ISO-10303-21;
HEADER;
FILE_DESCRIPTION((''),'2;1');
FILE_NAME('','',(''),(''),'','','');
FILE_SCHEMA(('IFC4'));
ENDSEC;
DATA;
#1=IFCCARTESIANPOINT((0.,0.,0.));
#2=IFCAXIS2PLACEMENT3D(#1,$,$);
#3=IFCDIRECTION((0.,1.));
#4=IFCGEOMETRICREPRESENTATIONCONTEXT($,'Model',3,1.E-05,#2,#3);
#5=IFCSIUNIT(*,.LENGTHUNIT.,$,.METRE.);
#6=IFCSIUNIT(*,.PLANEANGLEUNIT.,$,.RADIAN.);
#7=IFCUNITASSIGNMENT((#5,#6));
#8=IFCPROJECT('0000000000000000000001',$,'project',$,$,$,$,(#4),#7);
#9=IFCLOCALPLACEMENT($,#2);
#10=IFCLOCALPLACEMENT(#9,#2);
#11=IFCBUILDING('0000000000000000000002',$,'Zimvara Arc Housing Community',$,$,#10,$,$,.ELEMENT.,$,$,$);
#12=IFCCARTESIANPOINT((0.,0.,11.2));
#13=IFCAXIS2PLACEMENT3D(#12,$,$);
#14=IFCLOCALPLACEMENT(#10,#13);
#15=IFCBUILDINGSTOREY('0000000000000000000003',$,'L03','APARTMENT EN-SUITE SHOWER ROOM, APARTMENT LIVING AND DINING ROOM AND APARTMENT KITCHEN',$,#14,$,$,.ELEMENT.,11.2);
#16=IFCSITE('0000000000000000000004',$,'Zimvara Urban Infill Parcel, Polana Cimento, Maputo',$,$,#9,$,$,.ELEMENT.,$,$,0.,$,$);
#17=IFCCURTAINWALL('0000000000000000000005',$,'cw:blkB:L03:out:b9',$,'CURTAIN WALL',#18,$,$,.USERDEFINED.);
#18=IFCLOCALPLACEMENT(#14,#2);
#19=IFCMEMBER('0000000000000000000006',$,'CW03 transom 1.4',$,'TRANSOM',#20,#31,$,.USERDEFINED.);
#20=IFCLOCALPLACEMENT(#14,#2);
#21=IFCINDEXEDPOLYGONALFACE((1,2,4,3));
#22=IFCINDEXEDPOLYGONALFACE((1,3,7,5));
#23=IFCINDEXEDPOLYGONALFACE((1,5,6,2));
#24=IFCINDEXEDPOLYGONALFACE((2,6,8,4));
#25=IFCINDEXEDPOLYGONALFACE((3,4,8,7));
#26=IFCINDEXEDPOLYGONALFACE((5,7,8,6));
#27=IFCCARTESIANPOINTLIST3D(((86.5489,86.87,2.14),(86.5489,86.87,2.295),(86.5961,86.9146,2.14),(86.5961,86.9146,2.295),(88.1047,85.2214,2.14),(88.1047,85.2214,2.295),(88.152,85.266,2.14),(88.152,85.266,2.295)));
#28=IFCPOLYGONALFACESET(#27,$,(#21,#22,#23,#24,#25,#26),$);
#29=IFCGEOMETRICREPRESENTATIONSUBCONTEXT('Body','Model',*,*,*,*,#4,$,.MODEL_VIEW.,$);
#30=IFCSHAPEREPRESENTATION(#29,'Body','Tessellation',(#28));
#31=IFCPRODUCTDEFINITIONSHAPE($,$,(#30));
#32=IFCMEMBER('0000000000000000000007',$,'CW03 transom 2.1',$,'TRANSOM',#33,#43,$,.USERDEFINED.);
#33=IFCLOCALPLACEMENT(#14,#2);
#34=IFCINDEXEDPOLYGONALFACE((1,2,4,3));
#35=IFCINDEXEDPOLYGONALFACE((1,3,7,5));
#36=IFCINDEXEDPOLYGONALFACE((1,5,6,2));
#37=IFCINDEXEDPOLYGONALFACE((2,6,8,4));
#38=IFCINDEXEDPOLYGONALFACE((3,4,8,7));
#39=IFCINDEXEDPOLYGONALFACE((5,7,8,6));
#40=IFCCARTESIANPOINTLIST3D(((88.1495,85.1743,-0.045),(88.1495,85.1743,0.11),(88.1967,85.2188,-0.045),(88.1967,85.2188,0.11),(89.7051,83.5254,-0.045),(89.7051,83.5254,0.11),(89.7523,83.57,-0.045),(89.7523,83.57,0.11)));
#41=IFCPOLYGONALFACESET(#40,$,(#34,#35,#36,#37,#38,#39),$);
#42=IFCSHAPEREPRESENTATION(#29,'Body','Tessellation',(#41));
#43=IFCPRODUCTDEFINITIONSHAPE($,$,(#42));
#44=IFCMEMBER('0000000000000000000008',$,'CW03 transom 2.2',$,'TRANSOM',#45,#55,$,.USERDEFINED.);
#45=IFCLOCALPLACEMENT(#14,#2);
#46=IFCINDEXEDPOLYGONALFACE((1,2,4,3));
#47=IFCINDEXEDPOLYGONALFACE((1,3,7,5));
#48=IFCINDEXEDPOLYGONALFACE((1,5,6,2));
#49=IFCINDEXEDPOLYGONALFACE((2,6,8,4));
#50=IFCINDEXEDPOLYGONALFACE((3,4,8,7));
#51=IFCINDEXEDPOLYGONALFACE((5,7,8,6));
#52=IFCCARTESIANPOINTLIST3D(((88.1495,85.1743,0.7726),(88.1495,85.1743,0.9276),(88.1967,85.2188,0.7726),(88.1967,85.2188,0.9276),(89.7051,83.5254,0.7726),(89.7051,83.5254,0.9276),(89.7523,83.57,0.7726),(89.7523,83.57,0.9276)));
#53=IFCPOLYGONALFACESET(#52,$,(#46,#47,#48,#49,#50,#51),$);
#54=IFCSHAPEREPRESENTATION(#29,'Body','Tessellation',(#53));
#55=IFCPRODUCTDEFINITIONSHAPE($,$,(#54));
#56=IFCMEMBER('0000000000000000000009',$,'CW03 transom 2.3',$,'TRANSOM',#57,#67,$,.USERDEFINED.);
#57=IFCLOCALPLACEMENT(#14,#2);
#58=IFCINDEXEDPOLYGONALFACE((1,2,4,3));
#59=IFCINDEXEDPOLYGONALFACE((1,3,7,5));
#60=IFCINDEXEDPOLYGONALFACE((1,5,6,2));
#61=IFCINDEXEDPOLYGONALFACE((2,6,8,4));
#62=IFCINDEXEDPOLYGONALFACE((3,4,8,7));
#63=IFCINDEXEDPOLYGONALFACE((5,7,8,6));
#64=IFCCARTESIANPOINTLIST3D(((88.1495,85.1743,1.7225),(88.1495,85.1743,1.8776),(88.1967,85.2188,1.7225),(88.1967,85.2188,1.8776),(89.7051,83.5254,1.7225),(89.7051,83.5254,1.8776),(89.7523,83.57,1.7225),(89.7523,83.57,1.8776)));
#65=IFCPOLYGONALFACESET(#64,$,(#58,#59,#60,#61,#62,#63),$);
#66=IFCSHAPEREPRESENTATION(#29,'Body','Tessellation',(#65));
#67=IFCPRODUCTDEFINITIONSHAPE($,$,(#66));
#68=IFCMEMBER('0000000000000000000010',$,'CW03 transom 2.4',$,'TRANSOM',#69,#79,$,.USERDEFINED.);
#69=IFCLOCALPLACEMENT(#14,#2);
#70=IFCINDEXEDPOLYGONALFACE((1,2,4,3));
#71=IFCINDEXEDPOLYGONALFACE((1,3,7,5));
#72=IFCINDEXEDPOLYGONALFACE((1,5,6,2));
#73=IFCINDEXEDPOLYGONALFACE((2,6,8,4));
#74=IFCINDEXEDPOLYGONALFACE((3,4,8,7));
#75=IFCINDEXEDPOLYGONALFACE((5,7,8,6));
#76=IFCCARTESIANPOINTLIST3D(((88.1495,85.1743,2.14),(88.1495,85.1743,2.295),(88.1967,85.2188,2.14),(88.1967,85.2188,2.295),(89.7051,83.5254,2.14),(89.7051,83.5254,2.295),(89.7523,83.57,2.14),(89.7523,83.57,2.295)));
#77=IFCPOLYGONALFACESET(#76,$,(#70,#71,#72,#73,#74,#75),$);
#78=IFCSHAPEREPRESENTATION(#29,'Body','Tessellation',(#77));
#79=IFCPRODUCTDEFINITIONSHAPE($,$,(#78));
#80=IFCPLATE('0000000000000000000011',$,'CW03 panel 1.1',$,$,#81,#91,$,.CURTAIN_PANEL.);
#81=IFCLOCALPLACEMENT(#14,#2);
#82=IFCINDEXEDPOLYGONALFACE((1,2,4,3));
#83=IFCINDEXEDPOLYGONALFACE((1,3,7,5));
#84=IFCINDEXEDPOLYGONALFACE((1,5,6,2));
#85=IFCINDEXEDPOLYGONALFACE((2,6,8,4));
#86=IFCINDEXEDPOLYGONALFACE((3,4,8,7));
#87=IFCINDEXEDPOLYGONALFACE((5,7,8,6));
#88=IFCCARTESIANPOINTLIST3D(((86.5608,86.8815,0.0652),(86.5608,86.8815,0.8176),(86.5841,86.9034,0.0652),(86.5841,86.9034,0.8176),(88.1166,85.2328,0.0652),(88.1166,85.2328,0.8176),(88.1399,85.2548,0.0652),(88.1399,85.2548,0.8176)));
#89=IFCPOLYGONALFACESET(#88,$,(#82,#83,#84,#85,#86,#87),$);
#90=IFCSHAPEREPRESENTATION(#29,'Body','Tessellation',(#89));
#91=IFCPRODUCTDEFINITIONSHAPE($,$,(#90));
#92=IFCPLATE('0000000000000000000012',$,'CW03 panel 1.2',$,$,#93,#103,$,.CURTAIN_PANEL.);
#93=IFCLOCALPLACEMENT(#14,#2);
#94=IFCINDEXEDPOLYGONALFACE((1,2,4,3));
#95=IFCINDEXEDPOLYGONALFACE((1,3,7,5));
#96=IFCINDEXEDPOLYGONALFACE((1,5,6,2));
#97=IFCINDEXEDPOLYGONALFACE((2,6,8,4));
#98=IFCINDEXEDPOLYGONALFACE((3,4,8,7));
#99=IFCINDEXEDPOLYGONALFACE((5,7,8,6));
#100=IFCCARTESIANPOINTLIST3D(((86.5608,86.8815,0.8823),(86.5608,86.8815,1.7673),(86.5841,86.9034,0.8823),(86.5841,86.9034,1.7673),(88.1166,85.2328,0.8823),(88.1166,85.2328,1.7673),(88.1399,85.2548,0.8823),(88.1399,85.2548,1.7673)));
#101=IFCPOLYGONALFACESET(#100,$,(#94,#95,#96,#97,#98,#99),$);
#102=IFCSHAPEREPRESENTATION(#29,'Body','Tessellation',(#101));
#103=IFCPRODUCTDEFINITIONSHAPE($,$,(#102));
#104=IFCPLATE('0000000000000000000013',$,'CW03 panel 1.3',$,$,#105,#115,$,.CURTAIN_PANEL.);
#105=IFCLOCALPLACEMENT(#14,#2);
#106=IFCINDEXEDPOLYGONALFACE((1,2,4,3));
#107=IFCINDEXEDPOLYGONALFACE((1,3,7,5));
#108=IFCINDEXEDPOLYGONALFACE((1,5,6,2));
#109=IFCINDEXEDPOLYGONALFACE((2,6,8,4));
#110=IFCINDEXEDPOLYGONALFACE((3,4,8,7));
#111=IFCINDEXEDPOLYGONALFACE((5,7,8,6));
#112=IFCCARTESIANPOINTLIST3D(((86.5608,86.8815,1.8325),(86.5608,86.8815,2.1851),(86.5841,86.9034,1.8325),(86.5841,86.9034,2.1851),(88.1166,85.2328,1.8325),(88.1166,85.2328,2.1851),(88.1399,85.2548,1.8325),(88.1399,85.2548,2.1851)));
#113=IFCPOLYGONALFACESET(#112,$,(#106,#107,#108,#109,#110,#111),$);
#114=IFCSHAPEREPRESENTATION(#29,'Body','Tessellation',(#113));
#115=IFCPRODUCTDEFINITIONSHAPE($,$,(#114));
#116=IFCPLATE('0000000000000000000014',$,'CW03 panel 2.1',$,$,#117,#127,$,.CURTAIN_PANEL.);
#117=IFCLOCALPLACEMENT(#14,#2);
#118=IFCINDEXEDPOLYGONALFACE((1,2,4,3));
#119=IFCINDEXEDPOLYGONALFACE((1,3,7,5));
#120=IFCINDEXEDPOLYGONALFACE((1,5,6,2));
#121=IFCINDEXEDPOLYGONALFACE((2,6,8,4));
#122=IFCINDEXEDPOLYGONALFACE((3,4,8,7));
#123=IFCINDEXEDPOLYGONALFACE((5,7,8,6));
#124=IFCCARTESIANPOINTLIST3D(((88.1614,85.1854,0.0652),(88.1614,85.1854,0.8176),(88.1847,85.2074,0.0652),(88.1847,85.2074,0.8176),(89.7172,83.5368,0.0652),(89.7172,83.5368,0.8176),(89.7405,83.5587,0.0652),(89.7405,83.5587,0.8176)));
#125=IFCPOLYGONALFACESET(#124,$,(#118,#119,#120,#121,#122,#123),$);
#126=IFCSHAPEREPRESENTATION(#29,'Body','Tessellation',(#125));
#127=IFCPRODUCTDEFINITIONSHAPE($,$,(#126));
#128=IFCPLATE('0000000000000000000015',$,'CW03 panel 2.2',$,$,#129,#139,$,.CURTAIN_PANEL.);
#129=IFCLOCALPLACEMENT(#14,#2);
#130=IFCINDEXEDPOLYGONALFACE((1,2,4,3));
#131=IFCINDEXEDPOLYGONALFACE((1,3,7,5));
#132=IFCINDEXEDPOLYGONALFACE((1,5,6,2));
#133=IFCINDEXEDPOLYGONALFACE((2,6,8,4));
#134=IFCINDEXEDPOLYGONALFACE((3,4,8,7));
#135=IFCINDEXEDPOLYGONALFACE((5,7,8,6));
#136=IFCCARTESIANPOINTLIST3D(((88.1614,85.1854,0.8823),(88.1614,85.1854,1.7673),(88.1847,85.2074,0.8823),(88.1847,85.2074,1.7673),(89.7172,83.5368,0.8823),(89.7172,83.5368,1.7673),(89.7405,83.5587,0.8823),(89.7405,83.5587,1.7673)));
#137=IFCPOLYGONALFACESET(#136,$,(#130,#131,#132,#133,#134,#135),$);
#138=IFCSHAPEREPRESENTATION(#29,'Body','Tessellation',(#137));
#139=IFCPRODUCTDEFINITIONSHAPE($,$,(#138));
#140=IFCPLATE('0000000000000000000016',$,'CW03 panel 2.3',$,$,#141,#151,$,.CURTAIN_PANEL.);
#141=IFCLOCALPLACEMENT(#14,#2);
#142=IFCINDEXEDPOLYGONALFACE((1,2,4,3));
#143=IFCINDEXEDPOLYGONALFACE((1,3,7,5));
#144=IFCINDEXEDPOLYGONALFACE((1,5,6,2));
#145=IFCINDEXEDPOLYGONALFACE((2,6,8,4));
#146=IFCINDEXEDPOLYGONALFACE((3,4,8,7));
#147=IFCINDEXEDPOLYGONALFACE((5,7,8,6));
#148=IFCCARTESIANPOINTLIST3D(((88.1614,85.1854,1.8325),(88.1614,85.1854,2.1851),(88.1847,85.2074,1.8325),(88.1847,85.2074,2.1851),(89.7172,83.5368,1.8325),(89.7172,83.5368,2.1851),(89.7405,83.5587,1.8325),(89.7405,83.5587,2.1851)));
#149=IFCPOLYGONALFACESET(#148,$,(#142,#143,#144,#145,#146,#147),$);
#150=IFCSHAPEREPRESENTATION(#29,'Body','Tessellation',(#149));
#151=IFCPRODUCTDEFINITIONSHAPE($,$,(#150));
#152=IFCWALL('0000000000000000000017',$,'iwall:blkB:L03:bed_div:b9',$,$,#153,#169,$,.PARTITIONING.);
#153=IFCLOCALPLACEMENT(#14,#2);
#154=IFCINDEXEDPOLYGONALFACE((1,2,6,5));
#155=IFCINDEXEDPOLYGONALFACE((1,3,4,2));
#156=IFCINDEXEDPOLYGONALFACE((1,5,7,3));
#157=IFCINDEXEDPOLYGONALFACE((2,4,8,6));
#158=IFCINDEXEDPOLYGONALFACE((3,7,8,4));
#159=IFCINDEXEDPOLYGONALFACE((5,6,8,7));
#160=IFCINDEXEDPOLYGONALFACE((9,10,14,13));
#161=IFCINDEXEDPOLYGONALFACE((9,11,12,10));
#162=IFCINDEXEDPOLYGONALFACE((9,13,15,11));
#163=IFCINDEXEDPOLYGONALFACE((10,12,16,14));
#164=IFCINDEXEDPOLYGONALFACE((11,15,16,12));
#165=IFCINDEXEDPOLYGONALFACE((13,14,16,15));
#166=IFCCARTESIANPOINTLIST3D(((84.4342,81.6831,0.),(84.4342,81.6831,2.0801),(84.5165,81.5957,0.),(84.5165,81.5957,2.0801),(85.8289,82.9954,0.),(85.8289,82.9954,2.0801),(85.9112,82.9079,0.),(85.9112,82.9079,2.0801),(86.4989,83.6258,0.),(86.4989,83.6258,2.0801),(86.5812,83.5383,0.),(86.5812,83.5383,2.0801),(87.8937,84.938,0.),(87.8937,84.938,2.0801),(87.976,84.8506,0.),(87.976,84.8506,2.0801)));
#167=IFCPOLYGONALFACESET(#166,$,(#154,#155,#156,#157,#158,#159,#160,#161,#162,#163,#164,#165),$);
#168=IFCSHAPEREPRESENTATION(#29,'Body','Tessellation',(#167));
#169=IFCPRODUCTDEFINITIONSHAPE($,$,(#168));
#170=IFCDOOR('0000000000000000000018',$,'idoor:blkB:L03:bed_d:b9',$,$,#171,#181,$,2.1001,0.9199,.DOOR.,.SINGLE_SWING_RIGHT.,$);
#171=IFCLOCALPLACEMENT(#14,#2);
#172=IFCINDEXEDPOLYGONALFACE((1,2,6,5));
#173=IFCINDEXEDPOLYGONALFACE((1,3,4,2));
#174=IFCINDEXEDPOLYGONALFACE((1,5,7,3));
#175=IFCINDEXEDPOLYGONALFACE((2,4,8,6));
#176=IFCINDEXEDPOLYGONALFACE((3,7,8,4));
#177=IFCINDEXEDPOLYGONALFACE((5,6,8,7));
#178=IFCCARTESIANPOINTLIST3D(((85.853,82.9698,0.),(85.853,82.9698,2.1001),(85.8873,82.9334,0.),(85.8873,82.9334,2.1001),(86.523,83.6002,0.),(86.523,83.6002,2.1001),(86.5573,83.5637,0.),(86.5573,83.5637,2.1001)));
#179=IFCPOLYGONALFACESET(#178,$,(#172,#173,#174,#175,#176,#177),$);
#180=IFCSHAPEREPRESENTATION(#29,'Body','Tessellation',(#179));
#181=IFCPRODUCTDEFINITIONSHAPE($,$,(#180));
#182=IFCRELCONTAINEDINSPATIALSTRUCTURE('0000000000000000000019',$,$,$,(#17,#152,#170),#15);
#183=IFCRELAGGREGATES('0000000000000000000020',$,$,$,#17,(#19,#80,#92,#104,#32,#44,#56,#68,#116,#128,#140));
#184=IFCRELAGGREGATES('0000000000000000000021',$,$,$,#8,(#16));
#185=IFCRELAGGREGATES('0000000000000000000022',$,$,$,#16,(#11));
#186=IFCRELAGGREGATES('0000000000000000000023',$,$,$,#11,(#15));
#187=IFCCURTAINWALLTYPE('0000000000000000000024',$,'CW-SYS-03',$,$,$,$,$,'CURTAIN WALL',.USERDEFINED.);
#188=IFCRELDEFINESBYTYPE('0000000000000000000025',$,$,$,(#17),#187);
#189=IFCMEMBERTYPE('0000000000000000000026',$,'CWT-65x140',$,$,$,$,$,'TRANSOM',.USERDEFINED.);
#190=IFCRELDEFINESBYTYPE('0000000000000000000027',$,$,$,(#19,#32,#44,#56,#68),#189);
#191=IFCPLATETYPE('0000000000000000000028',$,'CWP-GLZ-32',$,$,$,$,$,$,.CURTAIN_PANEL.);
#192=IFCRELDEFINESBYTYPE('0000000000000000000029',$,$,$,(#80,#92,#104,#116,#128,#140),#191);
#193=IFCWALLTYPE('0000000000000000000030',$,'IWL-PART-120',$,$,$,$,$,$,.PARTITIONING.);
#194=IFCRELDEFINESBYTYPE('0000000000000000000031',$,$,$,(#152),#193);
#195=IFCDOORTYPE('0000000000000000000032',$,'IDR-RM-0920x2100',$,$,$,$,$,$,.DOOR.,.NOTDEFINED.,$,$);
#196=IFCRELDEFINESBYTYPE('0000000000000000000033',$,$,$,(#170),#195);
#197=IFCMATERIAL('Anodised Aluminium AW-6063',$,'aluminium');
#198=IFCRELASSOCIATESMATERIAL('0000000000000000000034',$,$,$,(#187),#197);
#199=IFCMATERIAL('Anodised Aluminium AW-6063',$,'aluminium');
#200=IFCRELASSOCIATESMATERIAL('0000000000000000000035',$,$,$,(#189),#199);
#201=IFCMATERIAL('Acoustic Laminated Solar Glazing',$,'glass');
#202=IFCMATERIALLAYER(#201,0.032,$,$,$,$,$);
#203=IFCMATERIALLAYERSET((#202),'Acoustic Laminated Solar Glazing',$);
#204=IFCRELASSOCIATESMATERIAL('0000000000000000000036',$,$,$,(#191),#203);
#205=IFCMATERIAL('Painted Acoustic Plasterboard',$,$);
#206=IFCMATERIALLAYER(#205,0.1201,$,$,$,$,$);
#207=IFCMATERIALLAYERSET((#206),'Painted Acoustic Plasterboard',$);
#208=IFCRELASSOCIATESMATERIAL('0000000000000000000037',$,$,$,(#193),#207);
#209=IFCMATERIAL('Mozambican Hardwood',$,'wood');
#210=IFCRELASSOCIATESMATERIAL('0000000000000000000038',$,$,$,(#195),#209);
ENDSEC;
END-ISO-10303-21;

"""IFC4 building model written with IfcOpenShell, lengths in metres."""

from ifc_helpers import new_model, si_unit, direction, frame, frame_2d, origin, origin_2d, place, context, subcontext, project, spatial, rectangle, extrude, material, layer, layer_set, material_profile, profile_set, type_object, element, fill, aggregate, save


model = new_model("IFC4")

# Units and contexts
model_context = context("Model", 3, precision=1e-05, world=origin(), true_north=direction((0.0, 1.0)))
body_context = subcontext(model_context, "Body", "Model", "MODEL_VIEW")
ifc_project = project(units=[si_unit("LENGTHUNIT", "METRE"), si_unit("PLANEANGLEUNIT", "RADIAN")], contexts=[model_context])

# Site, building, storey
site_placement = place(None, origin())
site = spatial("IfcSite", under=ifc_project, at=site_placement, Name="Zimvara Urban Infill Parcel, Polana Cimento, Maputo", CompositionType="ELEMENT", RefElevation=0.0)
building_placement = place(site_placement, origin())
building = spatial("IfcBuilding", under=site, at=building_placement, Name="Zimvara Arc Housing Community", CompositionType="ELEMENT")
storey_placement = place(building_placement, frame((0.0, 0.0, 11.2)))
storey = spatial("IfcBuildingStorey", under=building, at=storey_placement, Name="L03", Description="APARTMENT EN-SUITE SHOWER ROOM, APARTMENT LIVING AND DINING ROOM AND APARTMENT KITCHEN", CompositionType="ELEMENT", Elevation=11.2)

# Curtain wall
ifc_material_1 = material(Name="Anodised Aluminium AW-6063", Category="aluminium")
curtain_wall_type_1 = type_object("IfcCurtainWallType", Name="CW-SYS-03", ElementType="CURTAIN WALL", PredefinedType="USERDEFINED", material=ifc_material_1)
curtain_wall_1_placement = place(storey_placement, origin())
curtain_wall_1 = element("IfcCurtainWall", 1, at=curtain_wall_1_placement, inside=storey, type_object=curtain_wall_type_1, Name="cw:blkB:L03:out:b9", ObjectType="CURTAIN WALL", PredefinedType="USERDEFINED")

# Members
ifc_material_2 = material(Name="Anodised Aluminium AW-6063", Category="aluminium")
ifc_material_profile_1 = material_profile(ifc_material_2, rectangle(XDim=0.0649, YDim=0.155, at=origin_2d()), Name="ALU 65x155")
ifc_profile_set_1 = profile_set([ifc_material_profile_1], Name="Anodised Aluminium AW-6063")
member_type_1 = type_object("IfcMemberType", Name="CWT-65x140", ElementType="TRANSOM", PredefinedType="USERDEFINED", material=ifc_profile_set_1)
member_1_placement = place(storey_placement, frame((86.5725, 86.8923, 2.2175), z_axis=(0.686348, -0.727273, 0.0), x_axis=(0.727273, 0.686348, 0.0)))
member_1 = element("IfcMember", 2, at=member_1_placement, type_object=member_type_1, Name="CW03 transom 1.4", ObjectType="TRANSOM", PredefinedType="USERDEFINED", context=body_context, shape_type="SweptSolid", body=[
    extrude(rectangle(XDim=0.0649, YDim=0.155, at=origin_2d()), origin(), (0.0, 0.0, 1.0), 2.2668),
])
member_2_placement = place(storey_placement, frame((88.1731, 85.1965, 0.0325), z_axis=(0.686238, -0.727377, 0.0), x_axis=(0.727377, 0.686238, 0.0)))
member_2 = element("IfcMember", 3, at=member_2_placement, type_object=member_type_1, Name="CW03 transom 2.1", ObjectType="TRANSOM", PredefinedType="USERDEFINED", context=body_context, shape_type="SweptSolid", body=[
    extrude(rectangle(XDim=0.0649, YDim=0.155, at=origin_2d()), origin(), (0.0, 0.0, 1.0), 2.2668),
])
member_3_placement = place(storey_placement, frame((88.1731, 85.1965, 0.8501), z_axis=(0.686238, -0.727377, 0.0), x_axis=(0.727377, 0.686238, 0.0)))
member_3 = element("IfcMember", 4, at=member_3_placement, type_object=member_type_1, Name="CW03 transom 2.2", ObjectType="TRANSOM", PredefinedType="USERDEFINED", context=body_context, shape_type="SweptSolid", body=[
    extrude(rectangle(XDim=0.0649, YDim=0.155, at=origin_2d()), origin(), (0.0, 0.0, 1.0), 2.2668),
])
member_4_placement = place(storey_placement, frame((88.1731, 85.1965, 1.8), z_axis=(0.686238, -0.727377, 0.0), x_axis=(0.727377, 0.686238, 0.0)))
member_4 = element("IfcMember", 5, at=member_4_placement, type_object=member_type_1, Name="CW03 transom 2.3", ObjectType="TRANSOM", PredefinedType="USERDEFINED", context=body_context, shape_type="SweptSolid", body=[
    extrude(rectangle(XDim=0.0649, YDim=0.155, at=origin_2d()), origin(), (0.0, 0.0, 1.0), 2.2668),
])
member_5_placement = place(storey_placement, frame((88.1731, 85.1965, 2.2175), z_axis=(0.686238, -0.727377, 0.0), x_axis=(0.727377, 0.686238, 0.0)))
member_5 = element("IfcMember", 6, at=member_5_placement, type_object=member_type_1, Name="CW03 transom 2.4", ObjectType="TRANSOM", PredefinedType="USERDEFINED", context=body_context, shape_type="SweptSolid", body=[
    extrude(rectangle(XDim=0.0649, YDim=0.155, at=origin_2d()), origin(), (0.0, 0.0, 1.0), 2.2668),
])

# Plates
ifc_material_3 = material(Name="Acoustic Laminated Solar Glazing", Category="glass")
ifc_layer_1 = layer(ifc_material_3, 0.032)
ifc_layer_set_1 = layer_set([ifc_layer_1], Name="Acoustic Laminated Solar Glazing")
plate_type = type_object("IfcPlateType", Name="CWP-GLZ-32", PredefinedType="CURTAIN_PANEL", material=ifc_layer_set_1)
plate_1_placement = place(storey_placement, frame((87.3503, 86.0681, 0.0652), z_axis=(0.0, 0.0, 1.0), x_axis=(0.686326, -0.727294, 0.0)))
plate_1 = element("IfcPlate", 7, at=plate_1_placement, type_object=plate_type, Name="CW03 panel 1.1", PredefinedType="CURTAIN_PANEL", context=body_context, shape_type="SweptSolid", body=[
    extrude(rectangle(XDim=2.2668, YDim=0.032, at=origin_2d()), origin(), (0.0, 0.0, 1.0), 0.7524),
])
plate_2_placement = place(storey_placement, frame((87.3503, 86.0681, 0.8823), z_axis=(0.0, 0.0, 1.0), x_axis=(0.686326, -0.727294, 0.0)))
plate_2 = element("IfcPlate", 8, at=plate_2_placement, type_object=plate_type, Name="CW03 panel 1.2", PredefinedType="CURTAIN_PANEL", context=body_context, shape_type="SweptSolid", body=[
    extrude(rectangle(XDim=2.2668, YDim=0.032, at=origin_2d()), origin(), (0.0, 0.0, 1.0), 0.885),
])
plate_3_placement = place(storey_placement, frame((87.3503, 86.0681, 1.8325), z_axis=(0.0, 0.0, 1.0), x_axis=(0.686326, -0.727294, 0.0)))
plate_3 = element("IfcPlate", 9, at=plate_3_placement, type_object=plate_type, Name="CW03 panel 1.3", PredefinedType="CURTAIN_PANEL", context=body_context, shape_type="SweptSolid", body=[
    extrude(rectangle(XDim=2.2668, YDim=0.032, at=origin_2d()), origin(), (0.0, 0.0, 1.0), 0.3525),
])
plate_4_placement = place(storey_placement, frame((88.9509, 84.3721, 0.0652), z_axis=(0.0, 0.0, 1.0), x_axis=(0.686326, -0.727294, 0.0)))
plate_4 = element("IfcPlate", 10, at=plate_4_placement, type_object=plate_type, Name="CW03 panel 2.1", PredefinedType="CURTAIN_PANEL", context=body_context, shape_type="SweptSolid", body=[
    extrude(rectangle(XDim=2.2668, YDim=0.032, at=origin_2d()), origin(), (0.0, 0.0, 1.0), 0.7524),
])
plate_5_placement = place(storey_placement, frame((88.9509, 84.3721, 0.8823), z_axis=(0.0, 0.0, 1.0), x_axis=(0.686326, -0.727294, 0.0)))
plate_5 = element("IfcPlate", 11, at=plate_5_placement, type_object=plate_type, Name="CW03 panel 2.2", PredefinedType="CURTAIN_PANEL", context=body_context, shape_type="SweptSolid", body=[
    extrude(rectangle(XDim=2.2668, YDim=0.032, at=origin_2d()), origin(), (0.0, 0.0, 1.0), 0.885),
])
plate_6_placement = place(storey_placement, frame((88.9509, 84.3721, 1.8325), z_axis=(0.0, 0.0, 1.0), x_axis=(0.686326, -0.727294, 0.0)))
plate_6 = element("IfcPlate", 12, at=plate_6_placement, type_object=plate_type, Name="CW03 panel 2.3", PredefinedType="CURTAIN_PANEL", context=body_context, shape_type="SweptSolid", body=[
    extrude(rectangle(XDim=2.2668, YDim=0.032, at=origin_2d()), origin(), (0.0, 0.0, 1.0), 0.3525),
])
aggregate(curtain_wall_1, [member_1, plate_1, plate_2, plate_3, member_2, member_3, member_4, member_5, plate_4, plate_5, plate_6])

# Wall, opening, door
ifc_material_4 = material(Name="Painted Acoustic Plasterboard")
ifc_layer_2 = layer(ifc_material_4, 0.1201)
ifc_layer_set_2 = layer_set([ifc_layer_2], Name="Painted Acoustic Plasterboard")
wall_type_1 = type_object("IfcWallType", Name="IWL-PART-120", PredefinedType="PARTITIONING", material=ifc_layer_set_2)
wall_1_placement = place(storey_placement, frame((84.4753, 81.6394, 0.0), z_axis=(0.0, 0.0, 1.0), x_axis=(0.728315, 0.685243, 0.0)))
wall_1 = element("IfcWall", 13, at=wall_1_placement, inside=storey, type_object=wall_type_1, Name="iwall:blkB:L03:bed_div:b9", PredefinedType="PARTITIONING", context=body_context, shape_type="SweptSolid", body=[
    extrude(rectangle(XDim=4.75, YDim=0.1201, at=frame_2d((2.375, 0.0))), origin(), (0.0, 0.0, 1.0), 2.0801),
])
opening_placement = place(wall_1_placement, frame((1.915, 0.0, 0.0)))
opening = element("IfcOpeningElement", 14, at=opening_placement, cuts=wall_1, PredefinedType="OPENING", context=body_context, shape_type="SweptSolid", body=[
    extrude(rectangle(XDim=0.9199, YDim=2.1001, at=frame_2d((0.46, 1.05))), frame((0.0, 0.0701, 0.0), z_axis=(0.0, -1.0, 0.0), x_axis=(1.0, 0.0, 0.0)), (0.0, 0.0, 1.0), 0.1401),
])
ifc_material_5 = material(Name="Mozambican Hardwood", Category="wood")
door_type = type_object("IfcDoorType", Name="IDR-RM-0920x2100", OperationType="NOTDEFINED", PredefinedType="DOOR", material=ifc_material_5)
door_placement = place(opening_placement, origin())
door = element("IfcDoor", 15, at=door_placement, inside=storey, type_object=door_type, Name="idoor:blkB:L03:bed_d:b9", OperationType="SINGLE_SWING_RIGHT", OverallHeight=2.1001, OverallWidth=0.9199, PredefinedType="DOOR", context=body_context, shape_type="SweptSolid", body=[
    extrude(rectangle(XDim=0.9199, YDim=2.1001, at=frame_2d((0.46, 1.05))), frame((0.0, 0.0249, 0.0), z_axis=(0.0, -1.0, 0.0), x_axis=(1.0, 0.0, 0.0)), (0.0, 0.0, 1.0), 0.05),
])
fill(opening, door)

save(model, "model.ifc")
